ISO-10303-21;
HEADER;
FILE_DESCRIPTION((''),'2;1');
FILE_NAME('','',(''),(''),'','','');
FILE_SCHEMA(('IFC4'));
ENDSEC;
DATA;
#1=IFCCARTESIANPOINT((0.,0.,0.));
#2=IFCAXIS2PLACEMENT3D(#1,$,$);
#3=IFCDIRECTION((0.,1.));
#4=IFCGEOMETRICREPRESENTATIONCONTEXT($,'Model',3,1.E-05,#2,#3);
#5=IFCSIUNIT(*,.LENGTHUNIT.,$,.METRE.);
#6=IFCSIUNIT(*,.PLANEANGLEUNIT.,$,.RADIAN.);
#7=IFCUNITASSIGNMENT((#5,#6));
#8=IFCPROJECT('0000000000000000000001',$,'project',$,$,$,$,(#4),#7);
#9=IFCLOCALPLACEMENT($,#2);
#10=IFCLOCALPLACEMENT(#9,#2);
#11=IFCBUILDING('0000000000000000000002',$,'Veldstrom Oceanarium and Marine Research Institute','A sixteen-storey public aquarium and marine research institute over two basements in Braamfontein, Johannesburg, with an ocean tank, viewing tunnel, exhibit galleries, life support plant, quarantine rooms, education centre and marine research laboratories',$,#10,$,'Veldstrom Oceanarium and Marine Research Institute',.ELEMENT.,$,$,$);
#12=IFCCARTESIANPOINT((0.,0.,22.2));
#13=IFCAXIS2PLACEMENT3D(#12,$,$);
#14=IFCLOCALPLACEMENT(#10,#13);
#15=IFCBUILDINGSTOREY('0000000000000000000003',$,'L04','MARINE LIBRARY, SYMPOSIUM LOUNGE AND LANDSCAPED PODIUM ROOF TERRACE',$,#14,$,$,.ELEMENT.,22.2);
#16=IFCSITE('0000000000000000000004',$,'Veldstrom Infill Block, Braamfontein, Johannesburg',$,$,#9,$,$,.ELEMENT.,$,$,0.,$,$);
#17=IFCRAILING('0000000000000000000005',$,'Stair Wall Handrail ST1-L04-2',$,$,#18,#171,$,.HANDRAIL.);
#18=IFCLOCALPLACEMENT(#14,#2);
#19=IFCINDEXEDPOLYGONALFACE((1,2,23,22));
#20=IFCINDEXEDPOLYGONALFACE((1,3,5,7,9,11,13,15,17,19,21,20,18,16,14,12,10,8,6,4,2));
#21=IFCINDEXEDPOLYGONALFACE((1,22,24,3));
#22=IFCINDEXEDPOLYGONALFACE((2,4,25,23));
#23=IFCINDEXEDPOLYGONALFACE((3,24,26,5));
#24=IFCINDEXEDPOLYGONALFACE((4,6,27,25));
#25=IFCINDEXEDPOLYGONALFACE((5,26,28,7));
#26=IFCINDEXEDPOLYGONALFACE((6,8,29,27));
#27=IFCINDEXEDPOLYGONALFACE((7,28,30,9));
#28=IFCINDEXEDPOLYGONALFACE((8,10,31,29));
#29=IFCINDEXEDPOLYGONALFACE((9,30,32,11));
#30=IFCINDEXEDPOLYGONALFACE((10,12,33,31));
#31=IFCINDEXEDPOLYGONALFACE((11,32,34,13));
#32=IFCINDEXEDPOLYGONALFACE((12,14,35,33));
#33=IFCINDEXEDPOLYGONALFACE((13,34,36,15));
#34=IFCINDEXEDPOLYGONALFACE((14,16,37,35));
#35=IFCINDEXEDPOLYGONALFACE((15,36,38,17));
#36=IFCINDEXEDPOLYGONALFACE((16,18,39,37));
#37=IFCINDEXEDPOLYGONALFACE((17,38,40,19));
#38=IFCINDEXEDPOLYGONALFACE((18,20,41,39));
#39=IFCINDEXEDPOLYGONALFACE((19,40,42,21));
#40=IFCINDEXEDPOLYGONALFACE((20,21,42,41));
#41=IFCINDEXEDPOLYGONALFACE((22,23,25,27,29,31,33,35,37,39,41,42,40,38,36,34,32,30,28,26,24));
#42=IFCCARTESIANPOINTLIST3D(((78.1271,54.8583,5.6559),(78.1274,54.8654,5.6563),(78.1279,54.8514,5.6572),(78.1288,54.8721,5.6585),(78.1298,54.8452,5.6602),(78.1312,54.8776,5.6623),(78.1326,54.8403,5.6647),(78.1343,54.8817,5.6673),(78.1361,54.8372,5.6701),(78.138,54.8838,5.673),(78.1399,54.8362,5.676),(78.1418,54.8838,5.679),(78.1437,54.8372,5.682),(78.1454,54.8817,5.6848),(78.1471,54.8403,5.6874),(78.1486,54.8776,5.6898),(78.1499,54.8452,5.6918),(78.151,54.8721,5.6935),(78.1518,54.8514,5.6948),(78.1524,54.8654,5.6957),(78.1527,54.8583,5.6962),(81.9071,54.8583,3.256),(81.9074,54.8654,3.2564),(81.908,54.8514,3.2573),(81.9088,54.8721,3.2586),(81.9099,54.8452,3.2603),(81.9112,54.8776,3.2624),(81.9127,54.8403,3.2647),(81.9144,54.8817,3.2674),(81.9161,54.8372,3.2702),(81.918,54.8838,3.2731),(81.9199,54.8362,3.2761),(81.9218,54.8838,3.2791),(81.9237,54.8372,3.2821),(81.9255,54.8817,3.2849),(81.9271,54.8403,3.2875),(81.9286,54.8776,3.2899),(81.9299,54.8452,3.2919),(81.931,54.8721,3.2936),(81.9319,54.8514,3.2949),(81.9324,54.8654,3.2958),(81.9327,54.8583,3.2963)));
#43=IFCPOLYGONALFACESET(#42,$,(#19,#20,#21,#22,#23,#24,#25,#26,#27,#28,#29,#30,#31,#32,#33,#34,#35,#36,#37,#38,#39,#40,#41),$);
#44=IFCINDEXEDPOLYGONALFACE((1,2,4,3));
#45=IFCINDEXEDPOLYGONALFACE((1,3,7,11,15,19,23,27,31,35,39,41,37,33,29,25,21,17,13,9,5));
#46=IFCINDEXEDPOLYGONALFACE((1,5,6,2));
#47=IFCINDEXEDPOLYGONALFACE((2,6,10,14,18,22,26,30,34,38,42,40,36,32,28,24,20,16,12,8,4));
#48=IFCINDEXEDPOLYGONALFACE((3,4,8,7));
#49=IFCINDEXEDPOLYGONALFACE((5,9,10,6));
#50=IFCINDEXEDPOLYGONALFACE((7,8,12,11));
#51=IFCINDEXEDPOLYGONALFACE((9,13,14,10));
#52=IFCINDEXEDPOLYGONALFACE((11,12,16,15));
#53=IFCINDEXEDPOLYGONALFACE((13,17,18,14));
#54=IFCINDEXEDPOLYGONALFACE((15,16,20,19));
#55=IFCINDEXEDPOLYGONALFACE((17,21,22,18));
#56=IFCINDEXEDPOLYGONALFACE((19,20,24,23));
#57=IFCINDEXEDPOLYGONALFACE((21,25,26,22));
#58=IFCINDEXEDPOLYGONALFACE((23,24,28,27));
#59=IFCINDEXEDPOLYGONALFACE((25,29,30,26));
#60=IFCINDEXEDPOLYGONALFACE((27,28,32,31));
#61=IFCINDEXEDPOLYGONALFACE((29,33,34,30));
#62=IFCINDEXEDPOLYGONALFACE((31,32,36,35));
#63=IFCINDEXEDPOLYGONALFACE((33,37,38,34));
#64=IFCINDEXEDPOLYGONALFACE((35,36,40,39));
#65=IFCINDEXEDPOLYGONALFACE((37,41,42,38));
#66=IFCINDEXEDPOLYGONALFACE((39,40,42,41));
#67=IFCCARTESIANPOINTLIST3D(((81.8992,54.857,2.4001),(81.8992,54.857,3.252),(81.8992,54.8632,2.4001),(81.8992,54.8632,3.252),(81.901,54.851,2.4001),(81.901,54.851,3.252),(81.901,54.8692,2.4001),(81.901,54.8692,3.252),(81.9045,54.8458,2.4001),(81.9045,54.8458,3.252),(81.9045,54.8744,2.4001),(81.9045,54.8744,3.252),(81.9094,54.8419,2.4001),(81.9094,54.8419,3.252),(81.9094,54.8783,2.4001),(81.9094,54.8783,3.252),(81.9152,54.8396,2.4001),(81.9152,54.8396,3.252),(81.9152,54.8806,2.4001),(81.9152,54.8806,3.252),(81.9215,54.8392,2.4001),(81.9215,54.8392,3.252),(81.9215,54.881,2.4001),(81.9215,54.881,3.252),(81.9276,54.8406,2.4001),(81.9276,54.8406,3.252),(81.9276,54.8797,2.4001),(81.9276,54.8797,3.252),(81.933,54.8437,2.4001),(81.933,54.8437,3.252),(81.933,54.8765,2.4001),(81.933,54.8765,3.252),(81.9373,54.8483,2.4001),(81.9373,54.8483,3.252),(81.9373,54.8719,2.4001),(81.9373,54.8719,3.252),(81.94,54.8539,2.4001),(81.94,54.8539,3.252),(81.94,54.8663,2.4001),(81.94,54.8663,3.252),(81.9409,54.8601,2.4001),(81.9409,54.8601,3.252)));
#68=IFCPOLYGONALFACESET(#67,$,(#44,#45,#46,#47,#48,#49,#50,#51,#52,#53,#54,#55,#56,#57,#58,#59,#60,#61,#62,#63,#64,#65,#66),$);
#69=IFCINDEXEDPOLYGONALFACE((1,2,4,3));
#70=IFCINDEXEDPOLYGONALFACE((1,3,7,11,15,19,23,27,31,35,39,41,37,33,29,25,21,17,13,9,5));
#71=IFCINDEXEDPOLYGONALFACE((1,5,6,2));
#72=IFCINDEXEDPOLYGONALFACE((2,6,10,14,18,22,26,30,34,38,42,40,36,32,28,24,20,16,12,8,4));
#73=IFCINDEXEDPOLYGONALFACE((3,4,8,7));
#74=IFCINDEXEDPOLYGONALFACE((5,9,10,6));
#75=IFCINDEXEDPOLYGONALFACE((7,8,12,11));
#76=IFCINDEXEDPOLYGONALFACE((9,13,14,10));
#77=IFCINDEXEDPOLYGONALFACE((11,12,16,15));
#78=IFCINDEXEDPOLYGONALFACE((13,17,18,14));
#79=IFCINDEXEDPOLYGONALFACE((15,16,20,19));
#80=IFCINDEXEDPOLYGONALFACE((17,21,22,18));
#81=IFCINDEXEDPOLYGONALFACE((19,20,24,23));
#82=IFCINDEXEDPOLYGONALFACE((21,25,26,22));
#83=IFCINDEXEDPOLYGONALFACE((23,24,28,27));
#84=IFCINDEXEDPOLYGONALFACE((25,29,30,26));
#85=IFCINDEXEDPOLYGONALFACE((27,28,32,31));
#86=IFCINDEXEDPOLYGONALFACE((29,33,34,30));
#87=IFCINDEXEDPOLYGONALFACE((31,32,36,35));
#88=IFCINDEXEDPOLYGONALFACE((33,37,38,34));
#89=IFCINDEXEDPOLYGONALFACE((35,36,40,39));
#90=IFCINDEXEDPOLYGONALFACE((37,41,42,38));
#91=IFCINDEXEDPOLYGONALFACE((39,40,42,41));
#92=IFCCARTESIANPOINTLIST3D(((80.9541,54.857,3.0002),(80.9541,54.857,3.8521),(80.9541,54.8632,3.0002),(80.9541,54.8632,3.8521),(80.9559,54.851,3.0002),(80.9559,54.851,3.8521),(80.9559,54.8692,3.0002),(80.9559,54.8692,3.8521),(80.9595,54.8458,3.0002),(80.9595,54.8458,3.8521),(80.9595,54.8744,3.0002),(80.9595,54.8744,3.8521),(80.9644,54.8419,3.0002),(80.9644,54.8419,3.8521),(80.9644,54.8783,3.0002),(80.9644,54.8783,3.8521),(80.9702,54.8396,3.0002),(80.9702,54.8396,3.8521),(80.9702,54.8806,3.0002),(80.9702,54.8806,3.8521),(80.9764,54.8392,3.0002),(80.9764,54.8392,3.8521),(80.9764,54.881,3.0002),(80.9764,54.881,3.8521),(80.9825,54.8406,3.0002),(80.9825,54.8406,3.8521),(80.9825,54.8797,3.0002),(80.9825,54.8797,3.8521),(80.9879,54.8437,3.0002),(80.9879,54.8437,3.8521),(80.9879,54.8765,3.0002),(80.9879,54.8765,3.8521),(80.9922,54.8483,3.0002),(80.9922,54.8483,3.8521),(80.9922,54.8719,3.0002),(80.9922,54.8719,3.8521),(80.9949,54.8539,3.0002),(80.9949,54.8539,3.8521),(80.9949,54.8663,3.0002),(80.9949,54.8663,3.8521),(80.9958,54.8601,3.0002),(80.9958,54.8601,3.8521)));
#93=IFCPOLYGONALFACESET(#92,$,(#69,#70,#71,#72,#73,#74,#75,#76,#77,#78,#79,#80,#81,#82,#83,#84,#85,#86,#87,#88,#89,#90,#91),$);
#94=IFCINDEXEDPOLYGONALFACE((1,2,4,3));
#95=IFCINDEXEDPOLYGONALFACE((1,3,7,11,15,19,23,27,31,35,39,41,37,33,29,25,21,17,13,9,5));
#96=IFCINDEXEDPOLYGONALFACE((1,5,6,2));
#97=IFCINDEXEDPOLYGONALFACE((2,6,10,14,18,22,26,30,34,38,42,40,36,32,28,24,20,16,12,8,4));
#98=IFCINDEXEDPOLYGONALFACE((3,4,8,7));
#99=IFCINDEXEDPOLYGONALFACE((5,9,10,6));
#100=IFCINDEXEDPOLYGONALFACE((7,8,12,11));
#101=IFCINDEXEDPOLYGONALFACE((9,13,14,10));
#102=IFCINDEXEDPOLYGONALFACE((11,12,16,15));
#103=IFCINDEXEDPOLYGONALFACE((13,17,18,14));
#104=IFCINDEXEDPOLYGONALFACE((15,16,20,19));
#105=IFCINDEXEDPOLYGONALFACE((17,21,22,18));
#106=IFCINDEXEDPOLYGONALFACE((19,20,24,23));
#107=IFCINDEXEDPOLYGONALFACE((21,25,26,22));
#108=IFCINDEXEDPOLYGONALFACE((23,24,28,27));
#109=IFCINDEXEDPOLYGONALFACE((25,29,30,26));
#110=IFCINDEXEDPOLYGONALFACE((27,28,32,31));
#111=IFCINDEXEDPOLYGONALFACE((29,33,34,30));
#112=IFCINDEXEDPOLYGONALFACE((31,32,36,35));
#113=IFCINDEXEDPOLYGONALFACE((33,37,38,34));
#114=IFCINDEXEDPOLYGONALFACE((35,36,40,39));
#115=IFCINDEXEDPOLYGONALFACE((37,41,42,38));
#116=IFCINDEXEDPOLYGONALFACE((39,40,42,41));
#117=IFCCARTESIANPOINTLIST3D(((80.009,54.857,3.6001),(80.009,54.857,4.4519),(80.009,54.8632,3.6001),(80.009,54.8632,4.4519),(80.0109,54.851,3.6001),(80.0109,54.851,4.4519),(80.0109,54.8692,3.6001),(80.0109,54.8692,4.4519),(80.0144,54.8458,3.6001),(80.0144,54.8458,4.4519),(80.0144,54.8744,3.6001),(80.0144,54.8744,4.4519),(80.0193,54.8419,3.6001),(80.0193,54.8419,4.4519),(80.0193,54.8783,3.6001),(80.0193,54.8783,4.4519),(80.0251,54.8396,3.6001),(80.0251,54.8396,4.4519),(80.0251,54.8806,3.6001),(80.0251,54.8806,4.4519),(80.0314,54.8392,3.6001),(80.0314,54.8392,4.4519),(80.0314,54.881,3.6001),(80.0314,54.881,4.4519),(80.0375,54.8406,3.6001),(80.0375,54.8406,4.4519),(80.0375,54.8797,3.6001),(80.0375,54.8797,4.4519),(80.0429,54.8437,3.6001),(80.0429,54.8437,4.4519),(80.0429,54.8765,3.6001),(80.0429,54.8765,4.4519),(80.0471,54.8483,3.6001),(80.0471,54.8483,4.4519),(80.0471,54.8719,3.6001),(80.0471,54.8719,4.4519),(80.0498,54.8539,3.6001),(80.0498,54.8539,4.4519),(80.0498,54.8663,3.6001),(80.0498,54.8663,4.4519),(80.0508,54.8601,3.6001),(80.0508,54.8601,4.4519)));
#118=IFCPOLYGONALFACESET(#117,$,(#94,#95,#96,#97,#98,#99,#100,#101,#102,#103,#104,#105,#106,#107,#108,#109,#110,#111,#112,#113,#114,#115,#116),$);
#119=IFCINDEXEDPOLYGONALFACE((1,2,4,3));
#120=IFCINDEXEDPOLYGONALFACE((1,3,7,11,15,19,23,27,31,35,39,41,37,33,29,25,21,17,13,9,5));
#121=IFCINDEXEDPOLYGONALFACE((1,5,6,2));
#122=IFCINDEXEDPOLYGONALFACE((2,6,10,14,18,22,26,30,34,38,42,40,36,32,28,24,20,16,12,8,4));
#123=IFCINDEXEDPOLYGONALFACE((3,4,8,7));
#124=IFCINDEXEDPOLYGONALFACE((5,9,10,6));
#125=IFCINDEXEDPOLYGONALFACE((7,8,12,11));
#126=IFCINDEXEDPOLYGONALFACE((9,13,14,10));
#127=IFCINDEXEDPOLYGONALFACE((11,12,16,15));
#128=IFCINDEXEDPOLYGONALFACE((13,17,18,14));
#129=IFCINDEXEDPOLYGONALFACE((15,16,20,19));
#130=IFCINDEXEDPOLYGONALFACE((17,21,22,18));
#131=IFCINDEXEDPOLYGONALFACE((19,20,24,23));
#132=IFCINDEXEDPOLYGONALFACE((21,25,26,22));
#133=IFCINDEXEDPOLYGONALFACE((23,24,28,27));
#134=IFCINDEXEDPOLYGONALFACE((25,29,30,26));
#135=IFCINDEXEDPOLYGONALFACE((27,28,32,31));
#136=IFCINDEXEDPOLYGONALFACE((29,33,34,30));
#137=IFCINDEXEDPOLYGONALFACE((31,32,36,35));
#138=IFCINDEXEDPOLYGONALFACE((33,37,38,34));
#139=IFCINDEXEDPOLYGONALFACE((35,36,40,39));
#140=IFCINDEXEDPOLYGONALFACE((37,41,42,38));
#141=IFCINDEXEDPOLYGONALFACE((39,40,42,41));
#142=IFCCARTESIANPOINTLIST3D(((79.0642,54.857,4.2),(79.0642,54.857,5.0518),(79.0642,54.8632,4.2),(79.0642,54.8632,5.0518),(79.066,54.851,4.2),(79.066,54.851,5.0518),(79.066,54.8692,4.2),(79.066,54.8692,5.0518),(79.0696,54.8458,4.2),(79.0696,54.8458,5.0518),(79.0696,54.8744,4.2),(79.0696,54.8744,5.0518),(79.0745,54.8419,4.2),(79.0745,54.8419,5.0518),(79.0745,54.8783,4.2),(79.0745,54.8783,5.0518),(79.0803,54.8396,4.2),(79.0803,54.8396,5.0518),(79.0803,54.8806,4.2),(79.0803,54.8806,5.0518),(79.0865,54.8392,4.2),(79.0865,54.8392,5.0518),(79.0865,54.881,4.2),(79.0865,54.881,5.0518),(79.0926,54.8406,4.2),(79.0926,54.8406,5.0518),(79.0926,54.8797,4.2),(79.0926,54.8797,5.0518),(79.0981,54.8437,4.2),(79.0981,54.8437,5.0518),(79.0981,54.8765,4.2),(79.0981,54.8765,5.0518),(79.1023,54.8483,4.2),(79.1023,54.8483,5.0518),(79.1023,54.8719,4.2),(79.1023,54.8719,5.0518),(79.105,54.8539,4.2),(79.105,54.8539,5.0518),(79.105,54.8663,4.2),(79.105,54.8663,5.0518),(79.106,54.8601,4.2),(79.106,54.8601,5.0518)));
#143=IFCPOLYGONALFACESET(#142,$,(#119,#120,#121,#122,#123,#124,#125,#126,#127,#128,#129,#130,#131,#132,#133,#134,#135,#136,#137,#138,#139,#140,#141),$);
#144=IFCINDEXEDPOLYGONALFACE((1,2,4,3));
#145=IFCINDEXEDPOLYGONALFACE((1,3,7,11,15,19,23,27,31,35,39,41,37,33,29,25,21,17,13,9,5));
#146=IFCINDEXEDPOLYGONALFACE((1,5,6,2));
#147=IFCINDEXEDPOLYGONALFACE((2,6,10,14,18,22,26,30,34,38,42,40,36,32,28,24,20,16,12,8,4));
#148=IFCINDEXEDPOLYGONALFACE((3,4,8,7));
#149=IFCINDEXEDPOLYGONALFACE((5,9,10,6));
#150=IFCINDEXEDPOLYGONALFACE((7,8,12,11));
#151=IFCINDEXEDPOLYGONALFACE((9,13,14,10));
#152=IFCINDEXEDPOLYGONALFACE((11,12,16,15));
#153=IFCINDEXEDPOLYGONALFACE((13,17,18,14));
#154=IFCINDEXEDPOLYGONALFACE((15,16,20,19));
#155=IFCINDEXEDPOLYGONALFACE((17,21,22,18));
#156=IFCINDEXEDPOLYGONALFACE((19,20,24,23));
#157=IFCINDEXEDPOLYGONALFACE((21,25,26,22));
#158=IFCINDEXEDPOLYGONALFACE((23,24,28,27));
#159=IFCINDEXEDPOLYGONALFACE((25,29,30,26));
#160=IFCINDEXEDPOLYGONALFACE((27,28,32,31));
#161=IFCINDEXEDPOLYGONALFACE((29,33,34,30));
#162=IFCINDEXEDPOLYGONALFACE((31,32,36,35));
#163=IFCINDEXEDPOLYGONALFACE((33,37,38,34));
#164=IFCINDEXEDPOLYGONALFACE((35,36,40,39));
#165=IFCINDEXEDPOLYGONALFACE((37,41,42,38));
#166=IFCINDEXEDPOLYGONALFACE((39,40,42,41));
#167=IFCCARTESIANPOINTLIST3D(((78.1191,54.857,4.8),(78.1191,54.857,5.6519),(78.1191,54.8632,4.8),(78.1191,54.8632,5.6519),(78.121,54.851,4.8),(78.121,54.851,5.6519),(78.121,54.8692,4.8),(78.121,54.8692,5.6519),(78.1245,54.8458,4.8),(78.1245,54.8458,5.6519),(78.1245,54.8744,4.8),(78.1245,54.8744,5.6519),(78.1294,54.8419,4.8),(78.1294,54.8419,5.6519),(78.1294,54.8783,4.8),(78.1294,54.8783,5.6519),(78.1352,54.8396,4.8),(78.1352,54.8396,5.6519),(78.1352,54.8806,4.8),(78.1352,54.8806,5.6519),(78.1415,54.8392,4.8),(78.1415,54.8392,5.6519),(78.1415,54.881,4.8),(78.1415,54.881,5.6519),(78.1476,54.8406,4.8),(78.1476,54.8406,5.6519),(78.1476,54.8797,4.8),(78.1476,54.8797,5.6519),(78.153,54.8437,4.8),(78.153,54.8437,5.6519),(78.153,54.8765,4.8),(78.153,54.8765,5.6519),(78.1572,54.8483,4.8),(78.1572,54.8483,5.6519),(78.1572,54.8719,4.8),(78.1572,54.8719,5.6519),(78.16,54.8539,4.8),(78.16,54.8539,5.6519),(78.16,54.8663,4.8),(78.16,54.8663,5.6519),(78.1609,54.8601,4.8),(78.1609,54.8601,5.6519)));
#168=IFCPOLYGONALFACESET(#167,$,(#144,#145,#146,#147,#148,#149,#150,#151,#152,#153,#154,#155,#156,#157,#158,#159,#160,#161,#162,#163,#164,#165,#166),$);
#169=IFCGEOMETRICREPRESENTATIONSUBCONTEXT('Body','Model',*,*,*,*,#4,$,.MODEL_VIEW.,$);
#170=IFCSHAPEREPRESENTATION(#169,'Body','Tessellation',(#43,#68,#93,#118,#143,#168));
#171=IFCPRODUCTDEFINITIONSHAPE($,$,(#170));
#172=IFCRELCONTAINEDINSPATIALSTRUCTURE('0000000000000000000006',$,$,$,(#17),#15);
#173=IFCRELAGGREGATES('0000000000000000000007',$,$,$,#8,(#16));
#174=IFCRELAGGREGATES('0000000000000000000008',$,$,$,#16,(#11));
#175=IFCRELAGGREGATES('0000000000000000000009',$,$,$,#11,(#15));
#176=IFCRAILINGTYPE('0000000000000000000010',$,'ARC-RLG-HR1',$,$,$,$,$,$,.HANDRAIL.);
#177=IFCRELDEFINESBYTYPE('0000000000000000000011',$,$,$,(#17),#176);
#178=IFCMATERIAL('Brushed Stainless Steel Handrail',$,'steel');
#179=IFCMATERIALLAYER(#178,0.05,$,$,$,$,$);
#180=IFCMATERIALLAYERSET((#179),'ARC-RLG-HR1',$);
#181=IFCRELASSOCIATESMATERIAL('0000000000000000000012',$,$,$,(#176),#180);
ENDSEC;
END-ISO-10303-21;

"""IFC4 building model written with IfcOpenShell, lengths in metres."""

from ifc_helpers import new_model, si_unit, direction, frame, origin, origin_2d, place, context, subcontext, project, spatial, circle, extrude, material, layer, layer_set, type_object, element, save


model = new_model("IFC4")

# Units and contexts
model_context = context("Model", 3, precision=1e-05, world=origin(), true_north=direction((0.0, 1.0)))
body_context = subcontext(model_context, "Body", "Model", "MODEL_VIEW")
ifc_project = project(units=[si_unit("LENGTHUNIT", "METRE"), si_unit("PLANEANGLEUNIT", "RADIAN")], contexts=[model_context])

# Site, building, storey
site_placement = place(None, origin())
site = spatial("IfcSite", under=ifc_project, at=site_placement, Name="Veldstrom Infill Block, Braamfontein, Johannesburg", CompositionType="ELEMENT", RefElevation=0.0)
building_placement = place(site_placement, origin())
building = spatial("IfcBuilding", under=site, at=building_placement, Name="Veldstrom Oceanarium and Marine Research Institute", Description="A sixteen-storey public aquarium and marine research institute over two basements in Braamfontein, Johannesburg, with an ocean tank, viewing tunnel, exhibit galleries, life support plant, quarantine rooms, education centre and marine research laboratories", LongName="Veldstrom Oceanarium and Marine Research Institute", CompositionType="ELEMENT")
storey_placement = place(building_placement, frame((0.0, 0.0, 22.2)))
storey = spatial("IfcBuildingStorey", under=building, at=storey_placement, Name="L04", Description="MARINE LIBRARY, SYMPOSIUM LOUNGE AND LANDSCAPED PODIUM ROOF TERRACE", CompositionType="ELEMENT", Elevation=22.2)

# Railing
ifc_material_1 = material(Name="Brushed Stainless Steel Handrail", Category="steel")
ifc_layer_1 = layer(ifc_material_1, 0.05)
ifc_layer_set_1 = layer_set([ifc_layer_1], Name="ARC-RLG-HR1")
railing_type_1 = type_object("IfcRailingType", Name="ARC-RLG-HR1", PredefinedType="HANDRAIL", material=ifc_layer_set_1)
railing_1_placement = place(storey_placement, frame((81.9199, 54.8601, 2.4001)))
element("IfcRailing", 1, at=railing_1_placement, inside=storey, type_object=railing_type_1, Name="Stair Wall Handrail ST1-L04-2", PredefinedType="HANDRAIL", context=body_context, shape_type="SweptSolid", body=[
    extrude(circle(Radius=0.0239, at=origin_2d()), frame((0.0, 0.0, 0.876), z_axis=(-0.844225, 0.0, 0.53599), x_axis=(0.0, -1.0, 0.0)), (0.0, 0.0, 1.0), 4.4775),
    extrude(circle(Radius=0.021, at=origin_2d()), origin(), (0.0, 0.0, 1.0), 0.8518),
    extrude(circle(Radius=0.021, at=origin_2d()), frame((-0.9451, 0.0, 0.6001)), (0.0, 0.0, 1.0), 0.8518),
    extrude(circle(Radius=0.021, at=origin_2d()), frame((-1.8901, 0.0, 1.2)), (0.0, 0.0, 1.0), 0.8518),
    extrude(circle(Radius=0.021, at=origin_2d()), frame((-2.835, 0.0, 1.7998)), (0.0, 0.0, 1.0), 0.8518),
    extrude(circle(Radius=0.021, at=origin_2d()), frame((-3.78, 0.0, 2.3999)), (0.0, 0.0, 1.0), 0.8518),
])

save(model, "model.ifc")
